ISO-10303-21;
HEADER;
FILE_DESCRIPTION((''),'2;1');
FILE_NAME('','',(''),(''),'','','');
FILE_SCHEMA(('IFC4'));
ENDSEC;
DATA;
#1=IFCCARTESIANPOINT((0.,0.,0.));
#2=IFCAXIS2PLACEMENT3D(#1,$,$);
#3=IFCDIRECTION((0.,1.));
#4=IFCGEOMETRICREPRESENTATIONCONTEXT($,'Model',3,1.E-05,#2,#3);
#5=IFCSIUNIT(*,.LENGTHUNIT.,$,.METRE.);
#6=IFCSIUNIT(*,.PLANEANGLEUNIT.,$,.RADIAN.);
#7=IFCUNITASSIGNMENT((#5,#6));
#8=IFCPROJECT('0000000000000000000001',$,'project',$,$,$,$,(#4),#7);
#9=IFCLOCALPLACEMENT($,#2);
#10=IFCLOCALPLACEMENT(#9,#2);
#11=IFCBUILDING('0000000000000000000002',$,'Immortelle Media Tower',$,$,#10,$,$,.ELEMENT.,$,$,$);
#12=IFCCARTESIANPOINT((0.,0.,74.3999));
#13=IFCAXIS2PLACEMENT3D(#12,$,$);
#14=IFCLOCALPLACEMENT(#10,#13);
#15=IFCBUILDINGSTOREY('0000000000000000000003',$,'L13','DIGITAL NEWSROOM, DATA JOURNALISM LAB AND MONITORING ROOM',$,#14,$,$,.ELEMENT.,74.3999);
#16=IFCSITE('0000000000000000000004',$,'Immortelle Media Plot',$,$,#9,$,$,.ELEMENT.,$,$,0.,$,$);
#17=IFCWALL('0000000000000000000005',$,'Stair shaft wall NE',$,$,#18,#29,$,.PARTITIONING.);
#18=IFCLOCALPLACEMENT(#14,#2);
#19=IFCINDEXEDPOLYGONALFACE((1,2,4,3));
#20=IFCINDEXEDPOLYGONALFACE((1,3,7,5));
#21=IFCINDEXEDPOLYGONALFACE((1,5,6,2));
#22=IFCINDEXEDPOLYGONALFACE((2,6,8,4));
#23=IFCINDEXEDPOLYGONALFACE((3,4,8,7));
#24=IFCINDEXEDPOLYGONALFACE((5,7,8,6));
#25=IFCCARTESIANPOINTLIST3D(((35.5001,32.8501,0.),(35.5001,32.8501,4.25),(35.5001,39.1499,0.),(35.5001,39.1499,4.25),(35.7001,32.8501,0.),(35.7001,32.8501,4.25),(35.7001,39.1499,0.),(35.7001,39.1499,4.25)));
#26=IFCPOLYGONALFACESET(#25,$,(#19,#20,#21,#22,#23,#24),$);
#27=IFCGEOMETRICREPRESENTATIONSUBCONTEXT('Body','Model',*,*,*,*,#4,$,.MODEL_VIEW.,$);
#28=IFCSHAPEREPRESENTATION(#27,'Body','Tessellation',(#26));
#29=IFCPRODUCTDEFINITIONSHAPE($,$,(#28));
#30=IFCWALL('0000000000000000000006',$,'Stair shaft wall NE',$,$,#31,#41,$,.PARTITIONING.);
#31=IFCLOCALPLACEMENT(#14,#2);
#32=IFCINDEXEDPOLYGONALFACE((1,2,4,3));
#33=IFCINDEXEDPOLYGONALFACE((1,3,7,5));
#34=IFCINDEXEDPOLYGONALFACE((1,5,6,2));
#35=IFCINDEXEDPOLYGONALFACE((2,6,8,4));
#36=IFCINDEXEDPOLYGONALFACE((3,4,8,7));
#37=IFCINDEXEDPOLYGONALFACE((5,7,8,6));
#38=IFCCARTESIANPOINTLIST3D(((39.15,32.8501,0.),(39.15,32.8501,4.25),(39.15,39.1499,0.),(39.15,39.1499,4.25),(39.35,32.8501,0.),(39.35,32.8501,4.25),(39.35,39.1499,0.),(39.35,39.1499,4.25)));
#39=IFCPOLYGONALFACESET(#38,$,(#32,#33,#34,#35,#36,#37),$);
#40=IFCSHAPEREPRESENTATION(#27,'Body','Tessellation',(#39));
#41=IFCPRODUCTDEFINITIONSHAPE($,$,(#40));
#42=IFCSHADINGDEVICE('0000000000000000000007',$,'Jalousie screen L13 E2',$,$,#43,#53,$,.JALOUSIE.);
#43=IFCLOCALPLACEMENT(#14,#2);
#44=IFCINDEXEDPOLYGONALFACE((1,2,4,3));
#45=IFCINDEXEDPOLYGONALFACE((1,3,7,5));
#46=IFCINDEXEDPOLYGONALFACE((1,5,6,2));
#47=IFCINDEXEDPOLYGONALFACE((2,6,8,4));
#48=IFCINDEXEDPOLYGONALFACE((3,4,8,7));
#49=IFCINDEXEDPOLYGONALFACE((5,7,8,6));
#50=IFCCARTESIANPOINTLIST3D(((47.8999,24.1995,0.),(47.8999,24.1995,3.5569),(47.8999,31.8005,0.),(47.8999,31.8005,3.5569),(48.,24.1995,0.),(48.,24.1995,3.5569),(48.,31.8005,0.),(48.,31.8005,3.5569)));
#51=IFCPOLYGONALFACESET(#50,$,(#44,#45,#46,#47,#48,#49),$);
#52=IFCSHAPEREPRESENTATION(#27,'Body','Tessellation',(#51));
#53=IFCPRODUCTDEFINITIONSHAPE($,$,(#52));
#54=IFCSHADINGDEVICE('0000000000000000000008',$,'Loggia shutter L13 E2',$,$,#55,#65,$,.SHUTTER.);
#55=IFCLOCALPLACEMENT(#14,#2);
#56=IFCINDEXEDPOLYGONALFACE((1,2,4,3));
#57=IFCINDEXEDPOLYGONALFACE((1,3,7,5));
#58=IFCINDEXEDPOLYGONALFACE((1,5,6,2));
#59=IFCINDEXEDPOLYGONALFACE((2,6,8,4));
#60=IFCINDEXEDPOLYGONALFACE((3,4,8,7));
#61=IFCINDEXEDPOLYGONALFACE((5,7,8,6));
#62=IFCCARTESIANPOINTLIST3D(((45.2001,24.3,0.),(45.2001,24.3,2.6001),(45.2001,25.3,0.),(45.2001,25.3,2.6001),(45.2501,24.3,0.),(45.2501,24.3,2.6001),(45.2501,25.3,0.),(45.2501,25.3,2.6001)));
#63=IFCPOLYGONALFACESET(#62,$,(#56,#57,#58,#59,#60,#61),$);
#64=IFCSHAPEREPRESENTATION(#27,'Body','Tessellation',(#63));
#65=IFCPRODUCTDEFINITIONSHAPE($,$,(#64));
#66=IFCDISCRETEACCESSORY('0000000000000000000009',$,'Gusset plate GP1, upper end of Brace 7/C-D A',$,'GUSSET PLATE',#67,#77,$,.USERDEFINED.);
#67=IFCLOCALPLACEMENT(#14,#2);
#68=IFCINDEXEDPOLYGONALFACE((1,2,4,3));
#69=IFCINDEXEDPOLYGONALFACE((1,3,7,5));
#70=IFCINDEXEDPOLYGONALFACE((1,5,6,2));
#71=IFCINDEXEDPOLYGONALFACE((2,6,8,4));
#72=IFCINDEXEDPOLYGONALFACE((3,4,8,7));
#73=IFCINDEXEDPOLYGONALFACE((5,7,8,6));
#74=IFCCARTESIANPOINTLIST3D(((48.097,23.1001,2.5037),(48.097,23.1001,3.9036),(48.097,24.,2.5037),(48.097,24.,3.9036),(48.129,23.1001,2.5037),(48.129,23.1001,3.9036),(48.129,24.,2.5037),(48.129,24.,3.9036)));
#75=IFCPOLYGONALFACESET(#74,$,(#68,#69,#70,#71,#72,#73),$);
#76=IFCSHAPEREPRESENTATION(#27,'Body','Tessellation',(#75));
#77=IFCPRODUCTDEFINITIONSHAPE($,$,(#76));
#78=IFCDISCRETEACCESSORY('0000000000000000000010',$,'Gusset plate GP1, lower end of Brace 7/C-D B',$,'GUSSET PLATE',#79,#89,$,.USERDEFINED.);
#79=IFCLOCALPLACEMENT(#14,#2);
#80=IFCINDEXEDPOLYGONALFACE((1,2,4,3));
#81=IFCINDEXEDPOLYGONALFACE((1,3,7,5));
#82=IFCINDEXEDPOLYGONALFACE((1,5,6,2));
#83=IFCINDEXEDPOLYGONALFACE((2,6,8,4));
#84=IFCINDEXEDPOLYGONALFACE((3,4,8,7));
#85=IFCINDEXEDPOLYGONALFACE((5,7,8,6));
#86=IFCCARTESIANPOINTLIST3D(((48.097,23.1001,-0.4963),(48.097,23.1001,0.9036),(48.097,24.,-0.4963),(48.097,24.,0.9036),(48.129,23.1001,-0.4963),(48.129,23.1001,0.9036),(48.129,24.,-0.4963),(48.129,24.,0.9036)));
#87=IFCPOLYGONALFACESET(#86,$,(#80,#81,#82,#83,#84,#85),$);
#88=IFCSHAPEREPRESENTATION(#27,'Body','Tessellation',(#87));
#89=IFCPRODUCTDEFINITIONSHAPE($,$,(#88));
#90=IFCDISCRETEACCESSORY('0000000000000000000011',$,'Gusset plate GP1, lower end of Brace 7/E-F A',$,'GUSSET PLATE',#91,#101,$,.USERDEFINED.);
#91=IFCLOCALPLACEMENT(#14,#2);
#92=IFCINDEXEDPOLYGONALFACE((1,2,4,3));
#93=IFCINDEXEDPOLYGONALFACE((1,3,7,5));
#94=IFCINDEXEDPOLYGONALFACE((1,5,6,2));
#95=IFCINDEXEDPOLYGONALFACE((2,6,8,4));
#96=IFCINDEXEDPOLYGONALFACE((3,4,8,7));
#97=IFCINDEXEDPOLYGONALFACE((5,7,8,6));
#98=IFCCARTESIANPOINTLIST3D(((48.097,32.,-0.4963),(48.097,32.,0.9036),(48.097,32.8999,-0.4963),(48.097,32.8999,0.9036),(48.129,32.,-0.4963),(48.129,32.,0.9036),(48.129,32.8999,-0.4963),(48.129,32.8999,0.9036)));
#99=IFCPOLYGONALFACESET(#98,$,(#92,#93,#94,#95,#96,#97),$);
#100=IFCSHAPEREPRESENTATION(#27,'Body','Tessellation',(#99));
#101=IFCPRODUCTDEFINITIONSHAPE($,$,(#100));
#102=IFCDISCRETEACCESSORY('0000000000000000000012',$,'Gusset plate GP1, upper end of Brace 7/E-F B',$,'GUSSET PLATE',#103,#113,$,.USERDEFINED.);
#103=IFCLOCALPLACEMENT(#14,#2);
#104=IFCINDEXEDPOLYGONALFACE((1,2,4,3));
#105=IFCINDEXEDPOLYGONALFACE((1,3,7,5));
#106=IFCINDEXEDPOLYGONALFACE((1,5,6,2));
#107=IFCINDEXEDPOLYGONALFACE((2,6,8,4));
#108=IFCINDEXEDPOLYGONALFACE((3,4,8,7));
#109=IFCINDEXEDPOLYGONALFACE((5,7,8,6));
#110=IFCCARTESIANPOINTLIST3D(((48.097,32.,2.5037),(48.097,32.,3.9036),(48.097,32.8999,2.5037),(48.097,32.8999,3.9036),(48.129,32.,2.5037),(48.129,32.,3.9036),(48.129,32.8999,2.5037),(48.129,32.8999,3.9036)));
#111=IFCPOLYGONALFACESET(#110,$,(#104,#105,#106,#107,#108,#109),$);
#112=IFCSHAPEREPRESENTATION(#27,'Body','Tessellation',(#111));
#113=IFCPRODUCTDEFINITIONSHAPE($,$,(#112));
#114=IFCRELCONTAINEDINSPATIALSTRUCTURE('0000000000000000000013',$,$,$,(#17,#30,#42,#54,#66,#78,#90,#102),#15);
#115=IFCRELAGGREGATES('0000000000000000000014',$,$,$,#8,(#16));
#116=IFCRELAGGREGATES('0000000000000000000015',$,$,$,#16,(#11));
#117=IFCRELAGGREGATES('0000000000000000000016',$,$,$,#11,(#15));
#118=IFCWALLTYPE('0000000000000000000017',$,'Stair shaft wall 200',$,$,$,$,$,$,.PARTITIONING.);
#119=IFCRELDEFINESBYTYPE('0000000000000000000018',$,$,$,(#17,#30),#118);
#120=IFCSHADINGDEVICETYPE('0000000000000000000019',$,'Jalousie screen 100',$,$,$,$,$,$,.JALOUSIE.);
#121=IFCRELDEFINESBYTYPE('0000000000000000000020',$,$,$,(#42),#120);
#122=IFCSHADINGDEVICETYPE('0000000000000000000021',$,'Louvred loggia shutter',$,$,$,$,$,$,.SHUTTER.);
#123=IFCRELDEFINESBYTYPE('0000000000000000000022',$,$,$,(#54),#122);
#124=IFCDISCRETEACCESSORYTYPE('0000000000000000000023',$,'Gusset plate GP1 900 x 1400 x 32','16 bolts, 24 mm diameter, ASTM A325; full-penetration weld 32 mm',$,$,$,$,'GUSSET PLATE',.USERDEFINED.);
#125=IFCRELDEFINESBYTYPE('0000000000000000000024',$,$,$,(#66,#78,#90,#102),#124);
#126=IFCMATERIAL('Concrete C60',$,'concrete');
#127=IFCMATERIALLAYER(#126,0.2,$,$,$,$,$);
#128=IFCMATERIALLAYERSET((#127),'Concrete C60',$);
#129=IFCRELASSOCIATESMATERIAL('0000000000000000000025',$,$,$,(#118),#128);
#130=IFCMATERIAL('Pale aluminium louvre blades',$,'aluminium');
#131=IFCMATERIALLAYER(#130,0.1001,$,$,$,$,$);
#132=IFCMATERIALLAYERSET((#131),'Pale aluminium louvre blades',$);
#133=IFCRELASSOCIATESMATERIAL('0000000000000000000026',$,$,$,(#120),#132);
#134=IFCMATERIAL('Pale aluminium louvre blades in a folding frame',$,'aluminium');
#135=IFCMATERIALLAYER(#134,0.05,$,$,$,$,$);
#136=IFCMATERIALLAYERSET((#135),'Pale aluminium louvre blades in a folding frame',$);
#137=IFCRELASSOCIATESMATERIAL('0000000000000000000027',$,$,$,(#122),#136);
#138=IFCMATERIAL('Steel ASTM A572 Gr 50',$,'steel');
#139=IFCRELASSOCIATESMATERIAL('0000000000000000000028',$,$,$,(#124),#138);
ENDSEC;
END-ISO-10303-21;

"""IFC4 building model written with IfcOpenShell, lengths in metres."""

from ifc_helpers import new_model, si_unit, direction, frame, frame_2d, origin, origin_2d, place, context, subcontext, project, spatial, rectangle, extrude, material, layer, layer_set, material_profile, profile_set, type_object, element, save


model = new_model("IFC4")

# Units and contexts
model_context = context("Model", 3, precision=1e-05, world=origin(), true_north=direction((0.0, 1.0)))
body_context = subcontext(model_context, "Body", "Model", "MODEL_VIEW")
ifc_project = project(units=[si_unit("LENGTHUNIT", "METRE"), si_unit("PLANEANGLEUNIT", "RADIAN")], contexts=[model_context])

# Site, building, storey
site_placement = place(None, origin())
site = spatial("IfcSite", under=ifc_project, at=site_placement, Name="Immortelle Media Plot", CompositionType="ELEMENT", RefElevation=0.0)
building_placement = place(site_placement, origin())
building = spatial("IfcBuilding", under=site, at=building_placement, Name="Immortelle Media Tower", CompositionType="ELEMENT")
storey_placement = place(building_placement, frame((0.0, 0.0, 74.3999)))
storey = spatial("IfcBuildingStorey", under=building, at=storey_placement, Name="L13", Description="DIGITAL NEWSROOM, DATA JOURNALISM LAB AND MONITORING ROOM", CompositionType="ELEMENT", Elevation=74.3999)

# Walls
ifc_material_1 = material(Name="Concrete C60", Category="concrete")
ifc_layer_1 = layer(ifc_material_1, 0.2)
ifc_layer_set_1 = layer_set([ifc_layer_1], Name="Concrete C60")
wall_type_1 = type_object("IfcWallType", Name="Stair shaft wall 200", PredefinedType="PARTITIONING", material=ifc_layer_set_1)
for number, where, z_axis, x_axis, name in (
    (1, (35.6001, 32.8501, 0.0), (0.0, 0.0, 1.0), (0.0, 1.0, 0.0), "Stair shaft wall NE"),
    (2, (39.25, 32.8501, 0.0), (0.0, 0.0, 1.0), (0.0, 1.0, 0.0), "Stair shaft wall NE"),
):
    element("IfcWall", number, at=place(storey_placement, frame(where, z_axis=z_axis, x_axis=x_axis)), inside=storey, type_object=wall_type_1, Name=name, PredefinedType="PARTITIONING", context=body_context, shape_type="SweptSolid", body=[
        extrude(rectangle(XDim=6.2998, YDim=0.2, at=frame_2d((3.1499, 0.0))), origin(), (0.0, 0.0, 1.0), 4.25),
    ])

# Shading devices
ifc_material_2 = material(Name="Pale aluminium louvre blades", Category="aluminium")
ifc_layer_2 = layer(ifc_material_2, 0.1001)
ifc_layer_set_2 = layer_set([ifc_layer_2], Name="Pale aluminium louvre blades")
shading_device_type_1 = type_object("IfcShadingDeviceType", Name="Jalousie screen 100", PredefinedType="JALOUSIE", material=ifc_layer_set_2)
shading_device_1_placement = place(storey_placement, frame((47.95, 28.0, 0.0), z_axis=(0.0, 0.0, 1.0), x_axis=(0.0, 1.0, 0.0)))
element("IfcShadingDevice", 3, at=shading_device_1_placement, inside=storey, type_object=shading_device_type_1, Name="Jalousie screen L13 E2", PredefinedType="JALOUSIE", context=body_context, shape_type="SweptSolid", body=[
    extrude(rectangle(XDim=7.6011, YDim=0.1001, at=origin_2d()), origin(), (0.0, 0.0, 1.0), 3.5569),
])
ifc_material_3 = material(Name="Pale aluminium louvre blades in a folding frame", Category="aluminium")
ifc_layer_3 = layer(ifc_material_3, 0.05)
ifc_layer_set_3 = layer_set([ifc_layer_3], Name="Pale aluminium louvre blades in a folding frame")
shading_device_type_2 = type_object("IfcShadingDeviceType", Name="Louvred loggia shutter", PredefinedType="SHUTTER", material=ifc_layer_set_3)
shading_device_2_placement = place(storey_placement, frame((45.2251, 24.8, 0.0), z_axis=(0.0, 0.0, 1.0), x_axis=(0.0, 1.0, 0.0)))
element("IfcShadingDevice", 4, at=shading_device_2_placement, inside=storey, type_object=shading_device_type_2, Name="Loggia shutter L13 E2", PredefinedType="SHUTTER", context=body_context, shape_type="SweptSolid", body=[
    extrude(rectangle(XDim=1.0, YDim=0.05, at=origin_2d()), origin(), (0.0, 0.0, 1.0), 2.6001),
])

# Discrete accessories
ifc_material_4 = material(Name="Steel ASTM A572 Gr 50", Category="steel")
ifc_material_profile_1 = material_profile(ifc_material_4, rectangle(XDim=0.032, YDim=1.3999, at=origin_2d()), Name="PL 32 x 1400")
ifc_profile_set_1 = profile_set([ifc_material_profile_1], Name="Steel ASTM A572 Gr 50")
discrete_accessory_type = type_object("IfcDiscreteAccessoryType", Name="Gusset plate GP1 900 x 1400 x 32", Description="16 bolts, 24 mm diameter, ASTM A325; full-penetration weld 32 mm", ElementType="GUSSET PLATE", PredefinedType="USERDEFINED", material=ifc_profile_set_1)
for number, where, z_axis, x_axis, name in (
    (5, (48.113, 24.0, 3.2036), (0.0, -1.0, 0.0), (1.0, 0.0, 0.0), "Gusset plate GP1, upper end of Brace 7/C-D A"),
    (6, (48.113, 24.0, 0.2036), (0.0, -1.0, 0.0), (1.0, 0.0, 0.0), "Gusset plate GP1, lower end of Brace 7/C-D B"),
    (7, (48.113, 32.0, 0.2036), (0.0, 1.0, 0.0), (-1.0, 0.0, 0.0), "Gusset plate GP1, lower end of Brace 7/E-F A"),
    (8, (48.113, 32.0, 3.2036), (0.0, 1.0, 0.0), (-1.0, 0.0, 0.0), "Gusset plate GP1, upper end of Brace 7/E-F B"),
):
    element("IfcDiscreteAccessory", number, at=place(storey_placement, frame(where, z_axis=z_axis, x_axis=x_axis)), inside=storey, type_object=discrete_accessory_type, Name=name, ObjectType="GUSSET PLATE", PredefinedType="USERDEFINED", context=body_context, shape_type="SweptSolid", body=[
        extrude(rectangle(XDim=0.032, YDim=1.3999, at=origin_2d()), origin(), (0.0, 0.0, 1.0), 0.8999),
    ])

save(model, "model.ifc")
